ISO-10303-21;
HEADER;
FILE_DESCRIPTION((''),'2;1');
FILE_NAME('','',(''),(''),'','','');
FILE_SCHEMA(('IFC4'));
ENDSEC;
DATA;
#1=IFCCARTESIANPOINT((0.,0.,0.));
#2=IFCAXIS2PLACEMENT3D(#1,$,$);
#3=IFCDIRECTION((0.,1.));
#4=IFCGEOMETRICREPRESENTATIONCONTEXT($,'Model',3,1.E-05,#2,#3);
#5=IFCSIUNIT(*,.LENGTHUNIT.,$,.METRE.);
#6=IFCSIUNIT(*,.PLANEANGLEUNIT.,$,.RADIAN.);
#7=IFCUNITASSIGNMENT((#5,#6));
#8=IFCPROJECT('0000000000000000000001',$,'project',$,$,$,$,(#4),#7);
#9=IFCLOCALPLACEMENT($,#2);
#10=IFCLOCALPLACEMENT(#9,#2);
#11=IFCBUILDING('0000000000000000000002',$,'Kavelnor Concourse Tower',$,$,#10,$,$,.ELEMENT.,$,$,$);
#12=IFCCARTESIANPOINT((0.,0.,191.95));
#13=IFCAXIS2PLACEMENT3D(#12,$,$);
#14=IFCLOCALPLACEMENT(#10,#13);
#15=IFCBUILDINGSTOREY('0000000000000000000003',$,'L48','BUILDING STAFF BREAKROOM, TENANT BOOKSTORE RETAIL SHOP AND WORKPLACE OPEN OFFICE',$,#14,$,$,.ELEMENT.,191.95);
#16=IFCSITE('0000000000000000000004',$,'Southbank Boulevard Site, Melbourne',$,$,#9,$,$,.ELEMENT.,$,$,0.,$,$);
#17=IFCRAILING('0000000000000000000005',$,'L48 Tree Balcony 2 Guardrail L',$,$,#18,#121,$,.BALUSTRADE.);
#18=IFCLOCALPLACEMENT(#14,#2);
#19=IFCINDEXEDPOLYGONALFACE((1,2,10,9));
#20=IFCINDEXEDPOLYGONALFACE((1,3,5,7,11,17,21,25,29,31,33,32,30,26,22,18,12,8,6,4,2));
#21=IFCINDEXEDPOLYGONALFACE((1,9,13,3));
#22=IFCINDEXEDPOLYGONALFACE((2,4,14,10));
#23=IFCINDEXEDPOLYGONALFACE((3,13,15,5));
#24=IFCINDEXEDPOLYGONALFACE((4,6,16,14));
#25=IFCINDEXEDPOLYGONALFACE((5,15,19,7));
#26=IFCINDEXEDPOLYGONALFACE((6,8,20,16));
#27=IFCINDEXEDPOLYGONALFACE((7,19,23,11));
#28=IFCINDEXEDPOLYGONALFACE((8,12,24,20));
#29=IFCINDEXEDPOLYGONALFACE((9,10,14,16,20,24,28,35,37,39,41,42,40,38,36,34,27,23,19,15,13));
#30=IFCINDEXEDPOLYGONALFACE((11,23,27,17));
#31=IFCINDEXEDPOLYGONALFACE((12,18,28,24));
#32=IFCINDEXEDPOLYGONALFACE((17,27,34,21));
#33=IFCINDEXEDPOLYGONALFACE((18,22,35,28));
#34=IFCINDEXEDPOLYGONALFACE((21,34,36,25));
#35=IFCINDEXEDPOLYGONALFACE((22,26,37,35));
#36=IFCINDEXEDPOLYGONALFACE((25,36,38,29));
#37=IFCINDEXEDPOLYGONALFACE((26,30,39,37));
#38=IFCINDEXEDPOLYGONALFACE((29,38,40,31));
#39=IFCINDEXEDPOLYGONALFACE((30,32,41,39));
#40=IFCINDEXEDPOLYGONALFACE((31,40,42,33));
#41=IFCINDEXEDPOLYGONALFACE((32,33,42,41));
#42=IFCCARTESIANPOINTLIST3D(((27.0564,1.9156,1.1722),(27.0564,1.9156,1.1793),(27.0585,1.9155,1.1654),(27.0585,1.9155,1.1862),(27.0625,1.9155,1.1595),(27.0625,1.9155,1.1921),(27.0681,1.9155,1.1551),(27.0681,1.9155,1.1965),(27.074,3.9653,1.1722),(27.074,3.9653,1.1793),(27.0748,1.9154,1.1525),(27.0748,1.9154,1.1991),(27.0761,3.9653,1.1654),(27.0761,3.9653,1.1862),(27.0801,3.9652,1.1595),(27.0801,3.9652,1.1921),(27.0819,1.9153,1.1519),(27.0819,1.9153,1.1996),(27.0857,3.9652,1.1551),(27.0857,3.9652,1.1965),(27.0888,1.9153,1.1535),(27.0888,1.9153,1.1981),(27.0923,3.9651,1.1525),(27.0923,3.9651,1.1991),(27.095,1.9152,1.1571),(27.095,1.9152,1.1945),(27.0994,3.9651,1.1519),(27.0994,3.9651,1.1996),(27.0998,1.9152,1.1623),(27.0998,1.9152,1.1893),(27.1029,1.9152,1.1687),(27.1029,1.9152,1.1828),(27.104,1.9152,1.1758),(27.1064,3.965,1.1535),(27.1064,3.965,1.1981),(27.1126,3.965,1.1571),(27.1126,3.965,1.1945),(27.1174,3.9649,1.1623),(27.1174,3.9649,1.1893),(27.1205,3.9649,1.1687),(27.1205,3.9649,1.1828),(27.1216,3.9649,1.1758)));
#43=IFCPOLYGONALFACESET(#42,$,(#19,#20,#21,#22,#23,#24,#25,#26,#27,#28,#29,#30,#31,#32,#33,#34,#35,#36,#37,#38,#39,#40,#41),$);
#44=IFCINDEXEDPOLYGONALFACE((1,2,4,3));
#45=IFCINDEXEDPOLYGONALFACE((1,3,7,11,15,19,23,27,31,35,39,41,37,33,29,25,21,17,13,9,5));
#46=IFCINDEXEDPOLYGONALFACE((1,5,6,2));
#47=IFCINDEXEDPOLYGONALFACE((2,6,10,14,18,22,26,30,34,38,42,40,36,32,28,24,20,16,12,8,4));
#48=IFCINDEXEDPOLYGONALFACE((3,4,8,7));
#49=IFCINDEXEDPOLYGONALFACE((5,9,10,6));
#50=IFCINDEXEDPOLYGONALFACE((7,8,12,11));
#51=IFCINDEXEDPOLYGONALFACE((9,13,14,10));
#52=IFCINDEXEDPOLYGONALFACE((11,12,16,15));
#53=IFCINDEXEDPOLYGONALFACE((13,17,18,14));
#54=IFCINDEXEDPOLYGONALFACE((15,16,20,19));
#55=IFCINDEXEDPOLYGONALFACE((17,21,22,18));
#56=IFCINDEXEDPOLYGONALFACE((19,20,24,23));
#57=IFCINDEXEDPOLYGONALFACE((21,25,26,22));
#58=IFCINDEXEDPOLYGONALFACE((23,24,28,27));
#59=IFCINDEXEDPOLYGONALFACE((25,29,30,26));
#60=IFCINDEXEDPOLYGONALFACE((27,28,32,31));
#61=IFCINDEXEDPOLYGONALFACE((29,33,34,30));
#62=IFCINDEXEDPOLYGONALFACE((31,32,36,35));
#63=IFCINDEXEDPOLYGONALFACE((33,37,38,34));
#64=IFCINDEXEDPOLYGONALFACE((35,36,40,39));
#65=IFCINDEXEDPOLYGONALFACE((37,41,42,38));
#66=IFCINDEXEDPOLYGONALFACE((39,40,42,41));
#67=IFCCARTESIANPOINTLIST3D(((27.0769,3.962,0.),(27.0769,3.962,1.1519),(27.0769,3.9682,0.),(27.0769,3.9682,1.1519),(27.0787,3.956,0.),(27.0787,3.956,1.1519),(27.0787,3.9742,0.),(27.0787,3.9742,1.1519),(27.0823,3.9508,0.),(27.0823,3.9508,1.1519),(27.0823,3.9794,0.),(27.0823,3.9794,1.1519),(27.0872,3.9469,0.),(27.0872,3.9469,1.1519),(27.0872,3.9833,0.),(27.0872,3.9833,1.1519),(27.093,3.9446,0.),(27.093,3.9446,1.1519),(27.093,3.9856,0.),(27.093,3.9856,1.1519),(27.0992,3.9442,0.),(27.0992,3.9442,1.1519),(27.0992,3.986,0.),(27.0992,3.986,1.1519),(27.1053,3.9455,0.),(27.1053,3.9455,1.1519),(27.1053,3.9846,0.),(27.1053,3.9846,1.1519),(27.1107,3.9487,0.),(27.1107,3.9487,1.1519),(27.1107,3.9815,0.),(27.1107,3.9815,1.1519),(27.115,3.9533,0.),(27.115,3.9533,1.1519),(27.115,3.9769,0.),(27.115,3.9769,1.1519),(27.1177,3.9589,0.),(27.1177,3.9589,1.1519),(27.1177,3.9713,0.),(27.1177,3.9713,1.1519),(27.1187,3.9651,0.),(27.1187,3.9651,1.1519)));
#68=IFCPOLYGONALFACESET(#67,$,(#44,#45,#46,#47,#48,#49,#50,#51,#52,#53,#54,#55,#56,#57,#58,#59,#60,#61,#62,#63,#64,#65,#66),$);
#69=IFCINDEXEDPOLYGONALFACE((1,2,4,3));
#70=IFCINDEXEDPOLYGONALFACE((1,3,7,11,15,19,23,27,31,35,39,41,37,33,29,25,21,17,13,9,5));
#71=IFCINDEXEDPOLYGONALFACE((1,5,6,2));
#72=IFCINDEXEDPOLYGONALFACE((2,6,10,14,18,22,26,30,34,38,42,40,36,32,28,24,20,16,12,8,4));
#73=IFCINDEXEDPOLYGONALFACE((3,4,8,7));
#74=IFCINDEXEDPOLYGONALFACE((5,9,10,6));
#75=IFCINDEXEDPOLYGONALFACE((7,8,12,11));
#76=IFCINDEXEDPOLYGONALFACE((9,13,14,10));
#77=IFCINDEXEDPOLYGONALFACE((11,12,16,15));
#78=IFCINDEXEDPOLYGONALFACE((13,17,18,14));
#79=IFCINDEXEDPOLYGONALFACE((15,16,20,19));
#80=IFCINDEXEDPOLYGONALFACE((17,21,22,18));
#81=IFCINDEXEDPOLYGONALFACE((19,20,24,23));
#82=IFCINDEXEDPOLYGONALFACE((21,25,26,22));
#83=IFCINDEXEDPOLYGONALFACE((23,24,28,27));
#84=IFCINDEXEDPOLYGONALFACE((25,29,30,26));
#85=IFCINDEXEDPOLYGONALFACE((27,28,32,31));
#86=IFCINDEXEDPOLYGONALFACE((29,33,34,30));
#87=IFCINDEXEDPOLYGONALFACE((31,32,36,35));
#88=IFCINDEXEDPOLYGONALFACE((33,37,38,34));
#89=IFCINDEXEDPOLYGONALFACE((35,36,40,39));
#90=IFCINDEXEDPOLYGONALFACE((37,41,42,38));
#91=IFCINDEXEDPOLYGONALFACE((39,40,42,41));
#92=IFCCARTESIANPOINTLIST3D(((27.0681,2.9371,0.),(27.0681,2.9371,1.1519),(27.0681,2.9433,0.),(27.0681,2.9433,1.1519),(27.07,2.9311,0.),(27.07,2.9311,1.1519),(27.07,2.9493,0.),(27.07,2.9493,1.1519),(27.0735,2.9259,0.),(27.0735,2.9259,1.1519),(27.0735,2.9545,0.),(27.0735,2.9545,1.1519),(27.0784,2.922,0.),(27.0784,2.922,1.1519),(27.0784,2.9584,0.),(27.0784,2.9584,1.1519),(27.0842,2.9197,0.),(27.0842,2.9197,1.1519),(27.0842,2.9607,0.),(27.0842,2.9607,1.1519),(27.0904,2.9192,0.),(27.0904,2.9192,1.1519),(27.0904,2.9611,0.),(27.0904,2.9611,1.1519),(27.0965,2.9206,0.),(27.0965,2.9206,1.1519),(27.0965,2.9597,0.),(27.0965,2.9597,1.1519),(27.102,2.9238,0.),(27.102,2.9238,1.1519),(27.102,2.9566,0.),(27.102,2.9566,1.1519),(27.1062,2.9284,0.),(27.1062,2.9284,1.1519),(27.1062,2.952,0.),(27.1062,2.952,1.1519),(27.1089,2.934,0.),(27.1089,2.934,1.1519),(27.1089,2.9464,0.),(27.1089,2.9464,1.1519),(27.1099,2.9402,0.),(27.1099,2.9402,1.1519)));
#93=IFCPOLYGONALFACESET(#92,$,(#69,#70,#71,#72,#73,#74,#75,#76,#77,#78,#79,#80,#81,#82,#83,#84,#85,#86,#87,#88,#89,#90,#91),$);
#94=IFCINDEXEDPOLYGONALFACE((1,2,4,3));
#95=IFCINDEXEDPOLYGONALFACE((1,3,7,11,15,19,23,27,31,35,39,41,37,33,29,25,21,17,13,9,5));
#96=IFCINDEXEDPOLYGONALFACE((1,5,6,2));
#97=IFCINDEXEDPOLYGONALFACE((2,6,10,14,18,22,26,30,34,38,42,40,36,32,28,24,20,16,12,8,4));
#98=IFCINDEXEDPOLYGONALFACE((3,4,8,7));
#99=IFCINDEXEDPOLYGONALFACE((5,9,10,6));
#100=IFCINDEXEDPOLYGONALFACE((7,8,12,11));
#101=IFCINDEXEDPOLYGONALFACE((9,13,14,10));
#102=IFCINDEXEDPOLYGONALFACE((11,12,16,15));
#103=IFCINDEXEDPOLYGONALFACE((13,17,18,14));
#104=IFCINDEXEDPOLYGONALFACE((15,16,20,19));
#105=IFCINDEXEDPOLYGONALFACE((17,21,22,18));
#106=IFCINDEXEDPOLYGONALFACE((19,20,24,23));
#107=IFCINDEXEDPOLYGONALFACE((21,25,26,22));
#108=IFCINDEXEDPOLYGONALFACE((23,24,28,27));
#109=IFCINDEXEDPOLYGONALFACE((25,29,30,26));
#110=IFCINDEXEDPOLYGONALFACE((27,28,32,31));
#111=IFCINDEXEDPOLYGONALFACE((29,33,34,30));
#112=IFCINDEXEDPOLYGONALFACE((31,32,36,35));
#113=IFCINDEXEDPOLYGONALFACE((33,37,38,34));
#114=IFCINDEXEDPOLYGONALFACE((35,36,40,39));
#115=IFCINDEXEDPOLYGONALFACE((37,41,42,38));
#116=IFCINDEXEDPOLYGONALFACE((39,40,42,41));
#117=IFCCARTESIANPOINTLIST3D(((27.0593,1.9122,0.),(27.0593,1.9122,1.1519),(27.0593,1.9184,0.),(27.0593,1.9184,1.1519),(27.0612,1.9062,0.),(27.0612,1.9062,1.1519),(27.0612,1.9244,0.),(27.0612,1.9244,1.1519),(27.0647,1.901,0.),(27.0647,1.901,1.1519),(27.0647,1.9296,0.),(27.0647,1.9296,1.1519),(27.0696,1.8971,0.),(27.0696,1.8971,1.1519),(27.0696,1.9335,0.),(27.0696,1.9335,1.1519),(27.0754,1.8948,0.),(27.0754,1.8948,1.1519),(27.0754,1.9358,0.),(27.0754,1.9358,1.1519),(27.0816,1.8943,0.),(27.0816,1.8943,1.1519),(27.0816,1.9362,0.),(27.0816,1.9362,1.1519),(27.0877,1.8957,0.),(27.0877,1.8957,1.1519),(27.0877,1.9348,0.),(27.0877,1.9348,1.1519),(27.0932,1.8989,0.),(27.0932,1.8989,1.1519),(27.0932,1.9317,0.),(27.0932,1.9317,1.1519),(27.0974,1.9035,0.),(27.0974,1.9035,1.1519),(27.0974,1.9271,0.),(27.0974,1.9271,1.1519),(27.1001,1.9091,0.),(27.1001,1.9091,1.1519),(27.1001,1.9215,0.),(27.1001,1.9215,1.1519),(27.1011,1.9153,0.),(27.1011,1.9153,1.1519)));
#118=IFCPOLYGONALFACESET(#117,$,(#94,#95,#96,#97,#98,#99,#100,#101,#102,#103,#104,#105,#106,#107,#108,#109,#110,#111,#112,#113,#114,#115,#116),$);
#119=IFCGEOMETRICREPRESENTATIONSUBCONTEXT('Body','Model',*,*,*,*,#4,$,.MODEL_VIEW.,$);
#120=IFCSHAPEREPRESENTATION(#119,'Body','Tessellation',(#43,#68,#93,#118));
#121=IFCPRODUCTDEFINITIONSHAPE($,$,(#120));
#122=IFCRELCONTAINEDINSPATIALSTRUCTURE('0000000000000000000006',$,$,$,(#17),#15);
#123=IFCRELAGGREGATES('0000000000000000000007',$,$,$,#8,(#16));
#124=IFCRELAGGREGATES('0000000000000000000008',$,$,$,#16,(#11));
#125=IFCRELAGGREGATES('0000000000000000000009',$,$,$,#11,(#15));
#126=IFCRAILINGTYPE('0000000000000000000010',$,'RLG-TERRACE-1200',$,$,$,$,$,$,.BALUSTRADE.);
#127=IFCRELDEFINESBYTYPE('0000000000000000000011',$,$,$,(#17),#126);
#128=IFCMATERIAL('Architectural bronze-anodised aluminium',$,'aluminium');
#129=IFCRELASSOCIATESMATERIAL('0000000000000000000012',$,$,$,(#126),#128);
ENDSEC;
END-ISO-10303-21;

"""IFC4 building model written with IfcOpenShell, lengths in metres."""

from ifc_helpers import new_model, si_unit, direction, frame, origin, origin_2d, place, context, subcontext, project, spatial, circle, extrude, material, type_object, element, save


model = new_model("IFC4")

# Units and contexts
model_context = context("Model", 3, precision=1e-05, world=origin(), true_north=direction((0.0, 1.0)))
body_context = subcontext(model_context, "Body", "Model", "MODEL_VIEW")
ifc_project = project(units=[si_unit("LENGTHUNIT", "METRE"), si_unit("PLANEANGLEUNIT", "RADIAN")], contexts=[model_context])

# Site, building, storey
site_placement = place(None, origin())
site = spatial("IfcSite", under=ifc_project, at=site_placement, Name="Southbank Boulevard Site, Melbourne", CompositionType="ELEMENT", RefElevation=0.0)
building_placement = place(site_placement, origin())
building = spatial("IfcBuilding", under=site, at=building_placement, Name="Kavelnor Concourse Tower", CompositionType="ELEMENT")
storey_placement = place(building_placement, frame((0.0, 0.0, 191.95)))
storey = spatial("IfcBuildingStorey", under=building, at=storey_placement, Name="L48", Description="BUILDING STAFF BREAKROOM, TENANT BOOKSTORE RETAIL SHOP AND WORKPLACE OPEN OFFICE", CompositionType="ELEMENT", Elevation=191.95)

# Railing
ifc_material_1 = material(Name="Architectural bronze-anodised aluminium", Category="aluminium")
railing_type = type_object("IfcRailingType", Name="RLG-TERRACE-1200", PredefinedType="BALUSTRADE", material=ifc_material_1)
railing_1_placement = place(storey_placement, frame((27.0977, 3.9651, 0.0)))
element("IfcRailing", 1, at=railing_1_placement, inside=storey, type_object=railing_type, Name="L48 Tree Balcony 2 Guardrail L", PredefinedType="BALUSTRADE", context=body_context, shape_type="SweptSolid", body=[
    extrude(circle(Radius=0.0239, at=origin_2d()), frame((0.0, 0.0, 1.1758), z_axis=(-0.008575, -0.999963, 0.0), x_axis=(0.999963, -0.008575, 0.0)), (0.0, 0.0, 1.0), 2.0498),
    extrude(circle(Radius=0.021, at=origin_2d()), origin(), (0.0, 0.0, 1.0), 1.1519),
    extrude(circle(Radius=0.021, at=origin_2d()), frame((-0.0088, -1.0249, 0.0)), (0.0, 0.0, 1.0), 1.1519),
    extrude(circle(Radius=0.021, at=origin_2d()), frame((-0.0176, -2.0498, 0.0)), (0.0, 0.0, 1.0), 1.1519),
])

save(model, "model.ifc")
